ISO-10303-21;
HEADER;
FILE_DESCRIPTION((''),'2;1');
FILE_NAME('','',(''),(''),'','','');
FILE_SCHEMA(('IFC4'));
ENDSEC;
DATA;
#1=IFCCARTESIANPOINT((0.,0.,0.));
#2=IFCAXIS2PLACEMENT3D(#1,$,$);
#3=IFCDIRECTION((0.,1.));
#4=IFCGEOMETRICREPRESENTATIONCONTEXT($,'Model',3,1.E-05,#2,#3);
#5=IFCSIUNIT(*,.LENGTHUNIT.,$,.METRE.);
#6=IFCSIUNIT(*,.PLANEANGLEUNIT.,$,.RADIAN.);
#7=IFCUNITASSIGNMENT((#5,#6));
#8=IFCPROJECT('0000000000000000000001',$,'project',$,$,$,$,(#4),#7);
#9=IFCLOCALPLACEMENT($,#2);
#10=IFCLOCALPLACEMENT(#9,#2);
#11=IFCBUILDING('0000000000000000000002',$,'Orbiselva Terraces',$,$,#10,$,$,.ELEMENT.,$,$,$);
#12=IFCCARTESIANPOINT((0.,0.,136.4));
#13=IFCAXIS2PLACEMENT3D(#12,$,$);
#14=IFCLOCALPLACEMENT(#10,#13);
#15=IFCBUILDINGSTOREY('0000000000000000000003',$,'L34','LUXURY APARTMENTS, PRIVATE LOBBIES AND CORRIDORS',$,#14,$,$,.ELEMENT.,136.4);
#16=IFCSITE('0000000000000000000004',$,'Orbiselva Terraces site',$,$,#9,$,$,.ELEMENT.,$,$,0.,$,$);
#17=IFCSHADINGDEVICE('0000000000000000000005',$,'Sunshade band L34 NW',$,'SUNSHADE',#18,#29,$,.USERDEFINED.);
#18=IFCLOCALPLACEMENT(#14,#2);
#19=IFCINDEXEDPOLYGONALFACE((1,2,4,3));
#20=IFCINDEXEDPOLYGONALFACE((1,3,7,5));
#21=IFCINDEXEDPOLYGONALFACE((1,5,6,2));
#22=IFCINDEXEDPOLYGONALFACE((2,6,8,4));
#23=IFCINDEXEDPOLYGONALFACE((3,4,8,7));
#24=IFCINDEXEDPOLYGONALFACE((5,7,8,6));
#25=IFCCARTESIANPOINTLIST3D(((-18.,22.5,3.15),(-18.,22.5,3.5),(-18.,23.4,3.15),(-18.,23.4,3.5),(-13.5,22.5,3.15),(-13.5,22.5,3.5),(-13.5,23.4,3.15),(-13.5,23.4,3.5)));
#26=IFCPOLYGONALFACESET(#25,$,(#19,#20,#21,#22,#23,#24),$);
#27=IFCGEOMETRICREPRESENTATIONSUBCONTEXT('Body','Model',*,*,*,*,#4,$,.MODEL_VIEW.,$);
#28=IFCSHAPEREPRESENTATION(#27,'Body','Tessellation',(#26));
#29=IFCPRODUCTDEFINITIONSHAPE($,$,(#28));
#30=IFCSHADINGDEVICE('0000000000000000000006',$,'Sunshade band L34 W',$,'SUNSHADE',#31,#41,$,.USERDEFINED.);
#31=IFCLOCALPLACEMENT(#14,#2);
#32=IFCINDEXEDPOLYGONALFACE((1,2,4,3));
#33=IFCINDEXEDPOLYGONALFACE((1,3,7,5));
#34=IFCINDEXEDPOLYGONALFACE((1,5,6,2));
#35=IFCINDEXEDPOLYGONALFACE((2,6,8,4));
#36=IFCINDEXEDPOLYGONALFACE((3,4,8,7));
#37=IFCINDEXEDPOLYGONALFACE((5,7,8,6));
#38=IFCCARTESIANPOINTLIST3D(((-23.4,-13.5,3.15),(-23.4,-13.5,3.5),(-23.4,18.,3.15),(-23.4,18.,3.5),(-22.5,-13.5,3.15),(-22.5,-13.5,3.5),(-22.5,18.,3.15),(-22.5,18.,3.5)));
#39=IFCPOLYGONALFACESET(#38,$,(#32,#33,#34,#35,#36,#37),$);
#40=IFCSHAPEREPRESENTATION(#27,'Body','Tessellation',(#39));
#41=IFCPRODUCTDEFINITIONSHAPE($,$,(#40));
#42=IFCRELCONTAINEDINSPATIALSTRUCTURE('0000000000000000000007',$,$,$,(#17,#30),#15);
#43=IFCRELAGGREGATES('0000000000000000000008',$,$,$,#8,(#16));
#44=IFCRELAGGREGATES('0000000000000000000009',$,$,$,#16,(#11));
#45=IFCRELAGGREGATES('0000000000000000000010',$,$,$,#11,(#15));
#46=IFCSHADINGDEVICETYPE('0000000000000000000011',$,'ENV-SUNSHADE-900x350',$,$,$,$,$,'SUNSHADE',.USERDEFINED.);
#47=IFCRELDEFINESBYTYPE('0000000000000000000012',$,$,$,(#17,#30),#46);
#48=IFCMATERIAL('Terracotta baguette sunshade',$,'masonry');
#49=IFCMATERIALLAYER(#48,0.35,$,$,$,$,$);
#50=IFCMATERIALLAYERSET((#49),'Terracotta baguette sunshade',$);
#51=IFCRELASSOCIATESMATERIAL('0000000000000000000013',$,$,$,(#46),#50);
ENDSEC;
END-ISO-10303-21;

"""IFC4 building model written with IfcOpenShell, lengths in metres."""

from ifc_helpers import new_model, si_unit, direction, frame, origin, place, context, subcontext, project, spatial, polyline, outline, extrude, material, layer, layer_set, type_object, element, save


model = new_model("IFC4")

# Units and contexts
model_context = context("Model", 3, precision=1e-05, world=origin(), true_north=direction((0.0, 1.0)))
body_context = subcontext(model_context, "Body", "Model", "MODEL_VIEW")
ifc_project = project(units=[si_unit("LENGTHUNIT", "METRE"), si_unit("PLANEANGLEUNIT", "RADIAN")], contexts=[model_context])

# Site, building, storey
site_placement = place(None, origin())
site = spatial("IfcSite", under=ifc_project, at=site_placement, Name="Orbiselva Terraces site", CompositionType="ELEMENT", RefElevation=0.0)
building_placement = place(site_placement, origin())
building = spatial("IfcBuilding", under=site, at=building_placement, Name="Orbiselva Terraces", CompositionType="ELEMENT")
storey_placement = place(building_placement, frame((0.0, 0.0, 136.4)))
storey = spatial("IfcBuildingStorey", under=building, at=storey_placement, Name="L34", Description="LUXURY APARTMENTS, PRIVATE LOBBIES AND CORRIDORS", CompositionType="ELEMENT", Elevation=136.4)

# Shading devices
ifc_material_1 = material(Name="Terracotta baguette sunshade", Category="masonry")
ifc_layer_1 = layer(ifc_material_1, 0.35)
ifc_layer_set_1 = layer_set([ifc_layer_1], Name="Terracotta baguette sunshade")
shading_device_type_1 = type_object("IfcShadingDeviceType", Name="ENV-SUNSHADE-900x350", ElementType="SUNSHADE", PredefinedType="USERDEFINED", material=ifc_layer_set_1)
shading_device_1_placement = place(storey_placement, frame((0.0, 0.0, 3.15)))
element("IfcShadingDevice", 1, at=shading_device_1_placement, inside=storey, type_object=shading_device_type_1, Name="Sunshade band L34 NW", ObjectType="SUNSHADE", PredefinedType="USERDEFINED", context=body_context, shape_type="SweptSolid", body=[
    extrude(outline(polyline([(-13.5, 23.4), (-18.0, 23.4), (-18.0, 22.5), (-13.5, 22.5), (-13.5, 23.4)])), origin(), (0.0, 0.0, 1.0), 0.35),
])
shading_device_2_placement = place(storey_placement, frame((0.0, 0.0, 3.15)))
element("IfcShadingDevice", 2, at=shading_device_2_placement, inside=storey, type_object=shading_device_type_1, Name="Sunshade band L34 W", ObjectType="SUNSHADE", PredefinedType="USERDEFINED", context=body_context, shape_type="SweptSolid", body=[
    extrude(outline(polyline([(-23.4, 18.0), (-23.4, -13.5), (-22.5, -13.5), (-22.5, 18.0), (-23.4, 18.0)])), origin(), (0.0, 0.0, 1.0), 0.35),
])

save(model, "model.ifc")
